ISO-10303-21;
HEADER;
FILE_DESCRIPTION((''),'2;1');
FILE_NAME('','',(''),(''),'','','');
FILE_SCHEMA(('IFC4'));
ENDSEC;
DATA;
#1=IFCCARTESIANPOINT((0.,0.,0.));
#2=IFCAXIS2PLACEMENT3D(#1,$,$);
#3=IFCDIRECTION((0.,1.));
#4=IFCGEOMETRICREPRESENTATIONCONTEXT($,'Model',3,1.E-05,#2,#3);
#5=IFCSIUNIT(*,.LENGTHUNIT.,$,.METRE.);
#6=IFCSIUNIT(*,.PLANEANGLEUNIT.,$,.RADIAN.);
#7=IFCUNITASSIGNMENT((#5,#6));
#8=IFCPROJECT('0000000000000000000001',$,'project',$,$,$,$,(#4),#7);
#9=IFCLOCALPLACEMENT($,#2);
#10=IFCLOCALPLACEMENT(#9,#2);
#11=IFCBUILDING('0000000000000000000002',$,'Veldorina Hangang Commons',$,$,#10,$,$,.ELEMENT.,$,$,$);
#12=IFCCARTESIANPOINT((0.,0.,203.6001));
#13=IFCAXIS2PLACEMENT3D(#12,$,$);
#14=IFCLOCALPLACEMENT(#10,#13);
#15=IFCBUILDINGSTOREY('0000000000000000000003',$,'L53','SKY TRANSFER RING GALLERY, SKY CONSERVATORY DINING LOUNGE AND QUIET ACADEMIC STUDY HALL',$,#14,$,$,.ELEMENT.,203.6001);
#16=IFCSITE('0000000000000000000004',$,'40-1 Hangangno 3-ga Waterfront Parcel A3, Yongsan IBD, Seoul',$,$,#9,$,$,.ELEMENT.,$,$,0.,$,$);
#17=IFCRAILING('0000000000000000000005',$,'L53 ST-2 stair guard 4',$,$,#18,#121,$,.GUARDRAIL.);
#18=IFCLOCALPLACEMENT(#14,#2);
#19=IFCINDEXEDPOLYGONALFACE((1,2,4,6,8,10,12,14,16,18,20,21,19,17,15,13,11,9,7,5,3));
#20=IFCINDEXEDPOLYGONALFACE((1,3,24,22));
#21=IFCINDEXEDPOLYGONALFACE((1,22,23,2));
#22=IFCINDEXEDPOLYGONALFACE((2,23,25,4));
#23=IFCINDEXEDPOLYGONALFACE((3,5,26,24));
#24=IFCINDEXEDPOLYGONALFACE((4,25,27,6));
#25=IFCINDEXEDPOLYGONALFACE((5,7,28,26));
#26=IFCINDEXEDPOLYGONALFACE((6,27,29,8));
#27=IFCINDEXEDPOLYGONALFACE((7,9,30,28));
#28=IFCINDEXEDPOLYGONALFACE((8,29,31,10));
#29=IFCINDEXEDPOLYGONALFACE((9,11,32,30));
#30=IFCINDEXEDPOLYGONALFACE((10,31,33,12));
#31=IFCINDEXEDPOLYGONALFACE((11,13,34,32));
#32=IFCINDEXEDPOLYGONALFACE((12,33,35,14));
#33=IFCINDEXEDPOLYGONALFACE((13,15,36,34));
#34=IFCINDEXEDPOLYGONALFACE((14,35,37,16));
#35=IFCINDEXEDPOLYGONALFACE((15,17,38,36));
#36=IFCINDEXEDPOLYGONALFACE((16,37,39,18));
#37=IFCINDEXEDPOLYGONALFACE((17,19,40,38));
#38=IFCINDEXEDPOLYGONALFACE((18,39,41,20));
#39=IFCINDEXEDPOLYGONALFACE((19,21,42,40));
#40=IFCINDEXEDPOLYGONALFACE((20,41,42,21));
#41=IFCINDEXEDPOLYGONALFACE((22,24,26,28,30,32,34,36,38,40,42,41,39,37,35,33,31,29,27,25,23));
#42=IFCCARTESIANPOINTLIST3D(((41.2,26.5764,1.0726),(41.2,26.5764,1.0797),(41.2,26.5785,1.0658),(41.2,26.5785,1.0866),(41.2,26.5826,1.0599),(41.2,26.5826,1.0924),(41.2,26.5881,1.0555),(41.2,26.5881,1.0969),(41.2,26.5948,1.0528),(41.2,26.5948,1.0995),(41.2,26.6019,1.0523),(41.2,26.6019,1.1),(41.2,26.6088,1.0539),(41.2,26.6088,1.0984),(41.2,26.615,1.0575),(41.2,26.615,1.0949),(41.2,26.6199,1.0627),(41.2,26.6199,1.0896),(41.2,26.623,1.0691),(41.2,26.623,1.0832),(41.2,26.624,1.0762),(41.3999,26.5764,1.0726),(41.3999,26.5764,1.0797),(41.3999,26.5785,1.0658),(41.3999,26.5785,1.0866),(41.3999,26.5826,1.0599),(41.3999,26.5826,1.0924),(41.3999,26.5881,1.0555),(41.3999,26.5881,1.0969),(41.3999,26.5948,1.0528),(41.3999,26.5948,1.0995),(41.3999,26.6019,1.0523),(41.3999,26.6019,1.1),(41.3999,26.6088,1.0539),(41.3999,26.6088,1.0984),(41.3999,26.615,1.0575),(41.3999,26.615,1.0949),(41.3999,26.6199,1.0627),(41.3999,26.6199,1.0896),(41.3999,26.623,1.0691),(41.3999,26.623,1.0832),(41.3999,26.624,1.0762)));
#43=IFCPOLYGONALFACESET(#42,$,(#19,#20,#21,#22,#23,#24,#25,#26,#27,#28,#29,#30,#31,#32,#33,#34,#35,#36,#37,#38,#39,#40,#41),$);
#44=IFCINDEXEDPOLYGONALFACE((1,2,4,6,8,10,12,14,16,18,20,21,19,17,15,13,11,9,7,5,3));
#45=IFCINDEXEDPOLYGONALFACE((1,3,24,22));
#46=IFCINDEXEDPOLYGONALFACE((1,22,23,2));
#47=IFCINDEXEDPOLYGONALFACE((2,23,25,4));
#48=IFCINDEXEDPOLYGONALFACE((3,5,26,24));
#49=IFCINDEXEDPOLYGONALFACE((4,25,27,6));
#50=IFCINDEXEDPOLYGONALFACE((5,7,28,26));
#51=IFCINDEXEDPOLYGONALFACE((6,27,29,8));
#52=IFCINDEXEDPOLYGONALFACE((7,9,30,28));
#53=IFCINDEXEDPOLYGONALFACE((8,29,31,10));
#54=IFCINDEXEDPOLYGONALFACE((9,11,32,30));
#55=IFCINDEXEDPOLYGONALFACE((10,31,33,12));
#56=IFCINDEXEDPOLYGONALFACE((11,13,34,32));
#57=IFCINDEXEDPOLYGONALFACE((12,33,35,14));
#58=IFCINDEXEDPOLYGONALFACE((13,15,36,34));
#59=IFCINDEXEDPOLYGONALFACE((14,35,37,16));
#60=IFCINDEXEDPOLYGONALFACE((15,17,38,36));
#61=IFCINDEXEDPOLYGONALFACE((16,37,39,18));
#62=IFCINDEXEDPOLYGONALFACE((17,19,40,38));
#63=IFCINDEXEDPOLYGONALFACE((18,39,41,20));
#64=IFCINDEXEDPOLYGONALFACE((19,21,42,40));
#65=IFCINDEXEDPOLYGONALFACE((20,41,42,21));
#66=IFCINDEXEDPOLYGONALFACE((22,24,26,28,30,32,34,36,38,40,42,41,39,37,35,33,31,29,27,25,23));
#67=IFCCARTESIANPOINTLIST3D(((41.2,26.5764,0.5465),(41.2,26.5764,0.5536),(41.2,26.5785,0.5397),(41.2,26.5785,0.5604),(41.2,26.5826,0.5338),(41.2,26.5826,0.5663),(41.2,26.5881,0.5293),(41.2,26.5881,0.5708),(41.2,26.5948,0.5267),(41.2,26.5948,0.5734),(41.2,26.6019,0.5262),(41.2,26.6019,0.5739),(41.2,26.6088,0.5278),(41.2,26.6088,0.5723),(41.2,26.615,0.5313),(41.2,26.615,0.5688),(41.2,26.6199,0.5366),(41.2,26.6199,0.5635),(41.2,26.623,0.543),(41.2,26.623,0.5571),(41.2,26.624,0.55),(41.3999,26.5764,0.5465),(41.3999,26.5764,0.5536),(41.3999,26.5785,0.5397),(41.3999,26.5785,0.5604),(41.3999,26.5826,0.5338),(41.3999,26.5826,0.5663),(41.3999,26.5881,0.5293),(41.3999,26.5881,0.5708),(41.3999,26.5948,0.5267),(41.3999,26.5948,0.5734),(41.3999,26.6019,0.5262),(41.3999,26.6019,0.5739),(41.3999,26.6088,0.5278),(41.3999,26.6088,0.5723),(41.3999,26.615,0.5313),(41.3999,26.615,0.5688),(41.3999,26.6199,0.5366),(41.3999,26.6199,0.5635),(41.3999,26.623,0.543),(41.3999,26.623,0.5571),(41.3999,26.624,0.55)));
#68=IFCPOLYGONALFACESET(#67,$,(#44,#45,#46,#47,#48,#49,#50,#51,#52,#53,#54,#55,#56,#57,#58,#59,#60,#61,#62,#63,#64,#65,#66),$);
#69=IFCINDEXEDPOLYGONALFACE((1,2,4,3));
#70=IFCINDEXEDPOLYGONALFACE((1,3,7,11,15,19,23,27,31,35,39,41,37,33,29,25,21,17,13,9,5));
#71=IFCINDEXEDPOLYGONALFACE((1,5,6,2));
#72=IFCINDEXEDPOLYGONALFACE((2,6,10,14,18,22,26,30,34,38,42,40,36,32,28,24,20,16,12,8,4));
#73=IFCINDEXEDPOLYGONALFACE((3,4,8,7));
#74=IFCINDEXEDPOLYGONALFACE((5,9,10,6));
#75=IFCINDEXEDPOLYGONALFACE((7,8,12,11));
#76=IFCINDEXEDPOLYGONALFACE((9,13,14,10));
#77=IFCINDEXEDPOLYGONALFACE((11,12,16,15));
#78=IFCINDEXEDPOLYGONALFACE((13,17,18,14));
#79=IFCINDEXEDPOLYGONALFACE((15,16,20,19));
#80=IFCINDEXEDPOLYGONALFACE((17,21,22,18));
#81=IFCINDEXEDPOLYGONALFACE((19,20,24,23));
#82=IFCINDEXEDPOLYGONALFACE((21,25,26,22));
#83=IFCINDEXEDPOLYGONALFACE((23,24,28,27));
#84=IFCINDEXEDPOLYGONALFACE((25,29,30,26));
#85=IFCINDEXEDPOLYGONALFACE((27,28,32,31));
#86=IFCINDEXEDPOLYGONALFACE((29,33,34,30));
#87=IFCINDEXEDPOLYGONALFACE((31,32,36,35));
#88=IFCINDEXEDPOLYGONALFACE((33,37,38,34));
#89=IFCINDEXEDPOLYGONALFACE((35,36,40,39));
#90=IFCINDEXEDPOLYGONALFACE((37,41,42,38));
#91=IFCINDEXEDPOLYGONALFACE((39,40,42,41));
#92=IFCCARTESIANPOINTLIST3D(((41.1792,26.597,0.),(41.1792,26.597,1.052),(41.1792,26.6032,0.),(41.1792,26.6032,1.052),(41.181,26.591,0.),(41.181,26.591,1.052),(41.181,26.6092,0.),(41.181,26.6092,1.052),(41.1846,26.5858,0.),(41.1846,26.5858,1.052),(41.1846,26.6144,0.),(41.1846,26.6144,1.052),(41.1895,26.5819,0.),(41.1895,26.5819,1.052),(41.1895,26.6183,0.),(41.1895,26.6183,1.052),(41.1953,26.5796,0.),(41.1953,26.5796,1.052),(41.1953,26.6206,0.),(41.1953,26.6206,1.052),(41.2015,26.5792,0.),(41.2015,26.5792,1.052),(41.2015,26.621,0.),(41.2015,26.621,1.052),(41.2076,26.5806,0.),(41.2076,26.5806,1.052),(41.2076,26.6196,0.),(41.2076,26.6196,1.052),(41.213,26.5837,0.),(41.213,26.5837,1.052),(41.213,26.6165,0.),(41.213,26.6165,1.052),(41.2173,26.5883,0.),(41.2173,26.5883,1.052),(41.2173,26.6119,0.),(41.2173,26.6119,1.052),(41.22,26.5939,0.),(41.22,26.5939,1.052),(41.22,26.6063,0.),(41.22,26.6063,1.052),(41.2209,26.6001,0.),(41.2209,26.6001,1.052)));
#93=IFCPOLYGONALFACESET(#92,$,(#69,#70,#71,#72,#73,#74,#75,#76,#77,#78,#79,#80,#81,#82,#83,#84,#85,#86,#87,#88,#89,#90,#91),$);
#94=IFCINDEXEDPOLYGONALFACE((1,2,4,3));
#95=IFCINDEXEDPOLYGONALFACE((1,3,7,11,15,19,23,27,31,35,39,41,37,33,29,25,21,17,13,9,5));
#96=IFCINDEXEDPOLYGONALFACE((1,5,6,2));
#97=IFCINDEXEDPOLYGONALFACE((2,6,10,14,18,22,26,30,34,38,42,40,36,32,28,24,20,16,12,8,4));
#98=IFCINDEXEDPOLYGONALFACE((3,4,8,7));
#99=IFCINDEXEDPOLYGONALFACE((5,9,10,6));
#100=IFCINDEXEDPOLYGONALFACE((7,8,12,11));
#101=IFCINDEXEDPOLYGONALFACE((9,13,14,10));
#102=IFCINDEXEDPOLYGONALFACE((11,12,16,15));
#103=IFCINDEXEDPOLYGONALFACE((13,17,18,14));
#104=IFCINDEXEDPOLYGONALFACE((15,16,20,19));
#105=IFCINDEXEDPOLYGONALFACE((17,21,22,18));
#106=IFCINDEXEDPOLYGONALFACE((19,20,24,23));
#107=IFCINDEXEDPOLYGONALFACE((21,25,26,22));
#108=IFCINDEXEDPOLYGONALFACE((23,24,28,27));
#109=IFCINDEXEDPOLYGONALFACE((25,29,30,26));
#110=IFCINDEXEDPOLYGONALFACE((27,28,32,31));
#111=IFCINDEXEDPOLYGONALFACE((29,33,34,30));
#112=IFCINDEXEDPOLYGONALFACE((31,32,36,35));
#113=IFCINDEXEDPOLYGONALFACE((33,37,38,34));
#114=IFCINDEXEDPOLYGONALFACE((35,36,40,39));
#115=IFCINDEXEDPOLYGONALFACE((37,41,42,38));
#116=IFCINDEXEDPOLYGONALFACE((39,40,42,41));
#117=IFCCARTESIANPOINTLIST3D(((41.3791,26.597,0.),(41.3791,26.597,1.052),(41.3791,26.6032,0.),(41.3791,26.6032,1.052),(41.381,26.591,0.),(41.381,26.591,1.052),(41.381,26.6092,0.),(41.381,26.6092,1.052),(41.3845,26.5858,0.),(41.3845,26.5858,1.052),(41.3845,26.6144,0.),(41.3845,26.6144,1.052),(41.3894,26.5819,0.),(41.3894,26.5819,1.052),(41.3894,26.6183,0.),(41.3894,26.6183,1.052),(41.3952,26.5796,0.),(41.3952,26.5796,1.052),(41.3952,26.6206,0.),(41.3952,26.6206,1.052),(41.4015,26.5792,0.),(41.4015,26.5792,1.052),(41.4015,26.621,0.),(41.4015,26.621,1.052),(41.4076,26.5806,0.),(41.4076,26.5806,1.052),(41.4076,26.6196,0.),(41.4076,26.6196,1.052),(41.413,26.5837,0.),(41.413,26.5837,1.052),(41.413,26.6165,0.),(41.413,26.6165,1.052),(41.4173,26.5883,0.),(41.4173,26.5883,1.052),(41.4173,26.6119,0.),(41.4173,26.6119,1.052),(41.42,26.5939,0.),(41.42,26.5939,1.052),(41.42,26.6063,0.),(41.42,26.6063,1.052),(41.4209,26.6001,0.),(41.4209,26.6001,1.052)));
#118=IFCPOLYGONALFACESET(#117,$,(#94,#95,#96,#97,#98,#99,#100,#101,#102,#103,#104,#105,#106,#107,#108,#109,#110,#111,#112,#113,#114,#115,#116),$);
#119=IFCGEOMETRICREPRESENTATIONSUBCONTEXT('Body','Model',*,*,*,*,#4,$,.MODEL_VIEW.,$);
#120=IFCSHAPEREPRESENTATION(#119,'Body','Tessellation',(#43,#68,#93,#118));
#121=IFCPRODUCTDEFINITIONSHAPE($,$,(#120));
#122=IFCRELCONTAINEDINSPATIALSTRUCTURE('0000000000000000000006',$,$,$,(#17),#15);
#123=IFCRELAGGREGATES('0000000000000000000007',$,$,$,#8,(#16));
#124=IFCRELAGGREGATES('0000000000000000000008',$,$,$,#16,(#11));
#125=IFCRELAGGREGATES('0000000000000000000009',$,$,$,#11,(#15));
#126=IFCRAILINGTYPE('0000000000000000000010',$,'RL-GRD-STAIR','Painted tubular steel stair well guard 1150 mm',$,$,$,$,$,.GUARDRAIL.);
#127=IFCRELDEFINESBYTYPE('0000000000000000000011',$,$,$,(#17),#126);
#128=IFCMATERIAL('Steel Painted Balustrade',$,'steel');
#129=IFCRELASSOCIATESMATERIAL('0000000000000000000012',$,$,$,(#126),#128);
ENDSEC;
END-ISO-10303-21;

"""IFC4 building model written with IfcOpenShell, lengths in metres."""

from ifc_helpers import new_model, si_unit, direction, frame, origin, origin_2d, place, context, subcontext, project, spatial, circle, extrude, material, type_object, element, save


model = new_model("IFC4")

# Units and contexts
model_context = context("Model", 3, precision=1e-05, world=origin(), true_north=direction((0.0, 1.0)))
body_context = subcontext(model_context, "Body", "Model", "MODEL_VIEW")
ifc_project = project(units=[si_unit("LENGTHUNIT", "METRE"), si_unit("PLANEANGLEUNIT", "RADIAN")], contexts=[model_context])

# Site, building, storey
site_placement = place(None, origin())
site = spatial("IfcSite", under=ifc_project, at=site_placement, Name="40-1 Hangangno 3-ga Waterfront Parcel A3, Yongsan IBD, Seoul", CompositionType="ELEMENT", RefElevation=0.0)
building_placement = place(site_placement, origin())
building = spatial("IfcBuilding", under=site, at=building_placement, Name="Veldorina Hangang Commons", CompositionType="ELEMENT")
storey_placement = place(building_placement, frame((0.0, 0.0, 203.6001)))
storey = spatial("IfcBuildingStorey", under=building, at=storey_placement, Name="L53", Description="SKY TRANSFER RING GALLERY, SKY CONSERVATORY DINING LOUNGE AND QUIET ACADEMIC STUDY HALL", CompositionType="ELEMENT", Elevation=203.6001)

# Railing
ifc_material_1 = material(Name="Steel Painted Balustrade", Category="steel")
railing_type_1 = type_object("IfcRailingType", Name="RL-GRD-STAIR", Description="Painted tubular steel stair well guard 1150 mm", PredefinedType="GUARDRAIL", material=ifc_material_1)
railing_1_placement = place(storey_placement, frame((41.2, 26.6001, 0.0)))
element("IfcRailing", 1, at=railing_1_placement, inside=storey, type_object=railing_type_1, Name="L53 ST-2 stair guard 4", PredefinedType="GUARDRAIL", context=body_context, shape_type="SweptSolid", body=[
    extrude(circle(Radius=0.0239, at=origin_2d()), frame((0.0, 0.0, 1.0762), z_axis=(1.0, 0.0, 0.0), x_axis=(0.0, 1.0, 0.0)), (0.0, 0.0, 1.0), 0.2),
    extrude(circle(Radius=0.0239, at=origin_2d()), frame((0.0, 0.0, 0.55), z_axis=(1.0, 0.0, 0.0), x_axis=(0.0, 1.0, 0.0)), (0.0, 0.0, 1.0), 0.2),
    extrude(circle(Radius=0.021, at=origin_2d()), origin(), (0.0, 0.0, 1.0), 1.052),
    extrude(circle(Radius=0.021, at=origin_2d()), frame((0.2, 0.0, 0.0)), (0.0, 0.0, 1.0), 1.052),
])

save(model, "model.ifc")
